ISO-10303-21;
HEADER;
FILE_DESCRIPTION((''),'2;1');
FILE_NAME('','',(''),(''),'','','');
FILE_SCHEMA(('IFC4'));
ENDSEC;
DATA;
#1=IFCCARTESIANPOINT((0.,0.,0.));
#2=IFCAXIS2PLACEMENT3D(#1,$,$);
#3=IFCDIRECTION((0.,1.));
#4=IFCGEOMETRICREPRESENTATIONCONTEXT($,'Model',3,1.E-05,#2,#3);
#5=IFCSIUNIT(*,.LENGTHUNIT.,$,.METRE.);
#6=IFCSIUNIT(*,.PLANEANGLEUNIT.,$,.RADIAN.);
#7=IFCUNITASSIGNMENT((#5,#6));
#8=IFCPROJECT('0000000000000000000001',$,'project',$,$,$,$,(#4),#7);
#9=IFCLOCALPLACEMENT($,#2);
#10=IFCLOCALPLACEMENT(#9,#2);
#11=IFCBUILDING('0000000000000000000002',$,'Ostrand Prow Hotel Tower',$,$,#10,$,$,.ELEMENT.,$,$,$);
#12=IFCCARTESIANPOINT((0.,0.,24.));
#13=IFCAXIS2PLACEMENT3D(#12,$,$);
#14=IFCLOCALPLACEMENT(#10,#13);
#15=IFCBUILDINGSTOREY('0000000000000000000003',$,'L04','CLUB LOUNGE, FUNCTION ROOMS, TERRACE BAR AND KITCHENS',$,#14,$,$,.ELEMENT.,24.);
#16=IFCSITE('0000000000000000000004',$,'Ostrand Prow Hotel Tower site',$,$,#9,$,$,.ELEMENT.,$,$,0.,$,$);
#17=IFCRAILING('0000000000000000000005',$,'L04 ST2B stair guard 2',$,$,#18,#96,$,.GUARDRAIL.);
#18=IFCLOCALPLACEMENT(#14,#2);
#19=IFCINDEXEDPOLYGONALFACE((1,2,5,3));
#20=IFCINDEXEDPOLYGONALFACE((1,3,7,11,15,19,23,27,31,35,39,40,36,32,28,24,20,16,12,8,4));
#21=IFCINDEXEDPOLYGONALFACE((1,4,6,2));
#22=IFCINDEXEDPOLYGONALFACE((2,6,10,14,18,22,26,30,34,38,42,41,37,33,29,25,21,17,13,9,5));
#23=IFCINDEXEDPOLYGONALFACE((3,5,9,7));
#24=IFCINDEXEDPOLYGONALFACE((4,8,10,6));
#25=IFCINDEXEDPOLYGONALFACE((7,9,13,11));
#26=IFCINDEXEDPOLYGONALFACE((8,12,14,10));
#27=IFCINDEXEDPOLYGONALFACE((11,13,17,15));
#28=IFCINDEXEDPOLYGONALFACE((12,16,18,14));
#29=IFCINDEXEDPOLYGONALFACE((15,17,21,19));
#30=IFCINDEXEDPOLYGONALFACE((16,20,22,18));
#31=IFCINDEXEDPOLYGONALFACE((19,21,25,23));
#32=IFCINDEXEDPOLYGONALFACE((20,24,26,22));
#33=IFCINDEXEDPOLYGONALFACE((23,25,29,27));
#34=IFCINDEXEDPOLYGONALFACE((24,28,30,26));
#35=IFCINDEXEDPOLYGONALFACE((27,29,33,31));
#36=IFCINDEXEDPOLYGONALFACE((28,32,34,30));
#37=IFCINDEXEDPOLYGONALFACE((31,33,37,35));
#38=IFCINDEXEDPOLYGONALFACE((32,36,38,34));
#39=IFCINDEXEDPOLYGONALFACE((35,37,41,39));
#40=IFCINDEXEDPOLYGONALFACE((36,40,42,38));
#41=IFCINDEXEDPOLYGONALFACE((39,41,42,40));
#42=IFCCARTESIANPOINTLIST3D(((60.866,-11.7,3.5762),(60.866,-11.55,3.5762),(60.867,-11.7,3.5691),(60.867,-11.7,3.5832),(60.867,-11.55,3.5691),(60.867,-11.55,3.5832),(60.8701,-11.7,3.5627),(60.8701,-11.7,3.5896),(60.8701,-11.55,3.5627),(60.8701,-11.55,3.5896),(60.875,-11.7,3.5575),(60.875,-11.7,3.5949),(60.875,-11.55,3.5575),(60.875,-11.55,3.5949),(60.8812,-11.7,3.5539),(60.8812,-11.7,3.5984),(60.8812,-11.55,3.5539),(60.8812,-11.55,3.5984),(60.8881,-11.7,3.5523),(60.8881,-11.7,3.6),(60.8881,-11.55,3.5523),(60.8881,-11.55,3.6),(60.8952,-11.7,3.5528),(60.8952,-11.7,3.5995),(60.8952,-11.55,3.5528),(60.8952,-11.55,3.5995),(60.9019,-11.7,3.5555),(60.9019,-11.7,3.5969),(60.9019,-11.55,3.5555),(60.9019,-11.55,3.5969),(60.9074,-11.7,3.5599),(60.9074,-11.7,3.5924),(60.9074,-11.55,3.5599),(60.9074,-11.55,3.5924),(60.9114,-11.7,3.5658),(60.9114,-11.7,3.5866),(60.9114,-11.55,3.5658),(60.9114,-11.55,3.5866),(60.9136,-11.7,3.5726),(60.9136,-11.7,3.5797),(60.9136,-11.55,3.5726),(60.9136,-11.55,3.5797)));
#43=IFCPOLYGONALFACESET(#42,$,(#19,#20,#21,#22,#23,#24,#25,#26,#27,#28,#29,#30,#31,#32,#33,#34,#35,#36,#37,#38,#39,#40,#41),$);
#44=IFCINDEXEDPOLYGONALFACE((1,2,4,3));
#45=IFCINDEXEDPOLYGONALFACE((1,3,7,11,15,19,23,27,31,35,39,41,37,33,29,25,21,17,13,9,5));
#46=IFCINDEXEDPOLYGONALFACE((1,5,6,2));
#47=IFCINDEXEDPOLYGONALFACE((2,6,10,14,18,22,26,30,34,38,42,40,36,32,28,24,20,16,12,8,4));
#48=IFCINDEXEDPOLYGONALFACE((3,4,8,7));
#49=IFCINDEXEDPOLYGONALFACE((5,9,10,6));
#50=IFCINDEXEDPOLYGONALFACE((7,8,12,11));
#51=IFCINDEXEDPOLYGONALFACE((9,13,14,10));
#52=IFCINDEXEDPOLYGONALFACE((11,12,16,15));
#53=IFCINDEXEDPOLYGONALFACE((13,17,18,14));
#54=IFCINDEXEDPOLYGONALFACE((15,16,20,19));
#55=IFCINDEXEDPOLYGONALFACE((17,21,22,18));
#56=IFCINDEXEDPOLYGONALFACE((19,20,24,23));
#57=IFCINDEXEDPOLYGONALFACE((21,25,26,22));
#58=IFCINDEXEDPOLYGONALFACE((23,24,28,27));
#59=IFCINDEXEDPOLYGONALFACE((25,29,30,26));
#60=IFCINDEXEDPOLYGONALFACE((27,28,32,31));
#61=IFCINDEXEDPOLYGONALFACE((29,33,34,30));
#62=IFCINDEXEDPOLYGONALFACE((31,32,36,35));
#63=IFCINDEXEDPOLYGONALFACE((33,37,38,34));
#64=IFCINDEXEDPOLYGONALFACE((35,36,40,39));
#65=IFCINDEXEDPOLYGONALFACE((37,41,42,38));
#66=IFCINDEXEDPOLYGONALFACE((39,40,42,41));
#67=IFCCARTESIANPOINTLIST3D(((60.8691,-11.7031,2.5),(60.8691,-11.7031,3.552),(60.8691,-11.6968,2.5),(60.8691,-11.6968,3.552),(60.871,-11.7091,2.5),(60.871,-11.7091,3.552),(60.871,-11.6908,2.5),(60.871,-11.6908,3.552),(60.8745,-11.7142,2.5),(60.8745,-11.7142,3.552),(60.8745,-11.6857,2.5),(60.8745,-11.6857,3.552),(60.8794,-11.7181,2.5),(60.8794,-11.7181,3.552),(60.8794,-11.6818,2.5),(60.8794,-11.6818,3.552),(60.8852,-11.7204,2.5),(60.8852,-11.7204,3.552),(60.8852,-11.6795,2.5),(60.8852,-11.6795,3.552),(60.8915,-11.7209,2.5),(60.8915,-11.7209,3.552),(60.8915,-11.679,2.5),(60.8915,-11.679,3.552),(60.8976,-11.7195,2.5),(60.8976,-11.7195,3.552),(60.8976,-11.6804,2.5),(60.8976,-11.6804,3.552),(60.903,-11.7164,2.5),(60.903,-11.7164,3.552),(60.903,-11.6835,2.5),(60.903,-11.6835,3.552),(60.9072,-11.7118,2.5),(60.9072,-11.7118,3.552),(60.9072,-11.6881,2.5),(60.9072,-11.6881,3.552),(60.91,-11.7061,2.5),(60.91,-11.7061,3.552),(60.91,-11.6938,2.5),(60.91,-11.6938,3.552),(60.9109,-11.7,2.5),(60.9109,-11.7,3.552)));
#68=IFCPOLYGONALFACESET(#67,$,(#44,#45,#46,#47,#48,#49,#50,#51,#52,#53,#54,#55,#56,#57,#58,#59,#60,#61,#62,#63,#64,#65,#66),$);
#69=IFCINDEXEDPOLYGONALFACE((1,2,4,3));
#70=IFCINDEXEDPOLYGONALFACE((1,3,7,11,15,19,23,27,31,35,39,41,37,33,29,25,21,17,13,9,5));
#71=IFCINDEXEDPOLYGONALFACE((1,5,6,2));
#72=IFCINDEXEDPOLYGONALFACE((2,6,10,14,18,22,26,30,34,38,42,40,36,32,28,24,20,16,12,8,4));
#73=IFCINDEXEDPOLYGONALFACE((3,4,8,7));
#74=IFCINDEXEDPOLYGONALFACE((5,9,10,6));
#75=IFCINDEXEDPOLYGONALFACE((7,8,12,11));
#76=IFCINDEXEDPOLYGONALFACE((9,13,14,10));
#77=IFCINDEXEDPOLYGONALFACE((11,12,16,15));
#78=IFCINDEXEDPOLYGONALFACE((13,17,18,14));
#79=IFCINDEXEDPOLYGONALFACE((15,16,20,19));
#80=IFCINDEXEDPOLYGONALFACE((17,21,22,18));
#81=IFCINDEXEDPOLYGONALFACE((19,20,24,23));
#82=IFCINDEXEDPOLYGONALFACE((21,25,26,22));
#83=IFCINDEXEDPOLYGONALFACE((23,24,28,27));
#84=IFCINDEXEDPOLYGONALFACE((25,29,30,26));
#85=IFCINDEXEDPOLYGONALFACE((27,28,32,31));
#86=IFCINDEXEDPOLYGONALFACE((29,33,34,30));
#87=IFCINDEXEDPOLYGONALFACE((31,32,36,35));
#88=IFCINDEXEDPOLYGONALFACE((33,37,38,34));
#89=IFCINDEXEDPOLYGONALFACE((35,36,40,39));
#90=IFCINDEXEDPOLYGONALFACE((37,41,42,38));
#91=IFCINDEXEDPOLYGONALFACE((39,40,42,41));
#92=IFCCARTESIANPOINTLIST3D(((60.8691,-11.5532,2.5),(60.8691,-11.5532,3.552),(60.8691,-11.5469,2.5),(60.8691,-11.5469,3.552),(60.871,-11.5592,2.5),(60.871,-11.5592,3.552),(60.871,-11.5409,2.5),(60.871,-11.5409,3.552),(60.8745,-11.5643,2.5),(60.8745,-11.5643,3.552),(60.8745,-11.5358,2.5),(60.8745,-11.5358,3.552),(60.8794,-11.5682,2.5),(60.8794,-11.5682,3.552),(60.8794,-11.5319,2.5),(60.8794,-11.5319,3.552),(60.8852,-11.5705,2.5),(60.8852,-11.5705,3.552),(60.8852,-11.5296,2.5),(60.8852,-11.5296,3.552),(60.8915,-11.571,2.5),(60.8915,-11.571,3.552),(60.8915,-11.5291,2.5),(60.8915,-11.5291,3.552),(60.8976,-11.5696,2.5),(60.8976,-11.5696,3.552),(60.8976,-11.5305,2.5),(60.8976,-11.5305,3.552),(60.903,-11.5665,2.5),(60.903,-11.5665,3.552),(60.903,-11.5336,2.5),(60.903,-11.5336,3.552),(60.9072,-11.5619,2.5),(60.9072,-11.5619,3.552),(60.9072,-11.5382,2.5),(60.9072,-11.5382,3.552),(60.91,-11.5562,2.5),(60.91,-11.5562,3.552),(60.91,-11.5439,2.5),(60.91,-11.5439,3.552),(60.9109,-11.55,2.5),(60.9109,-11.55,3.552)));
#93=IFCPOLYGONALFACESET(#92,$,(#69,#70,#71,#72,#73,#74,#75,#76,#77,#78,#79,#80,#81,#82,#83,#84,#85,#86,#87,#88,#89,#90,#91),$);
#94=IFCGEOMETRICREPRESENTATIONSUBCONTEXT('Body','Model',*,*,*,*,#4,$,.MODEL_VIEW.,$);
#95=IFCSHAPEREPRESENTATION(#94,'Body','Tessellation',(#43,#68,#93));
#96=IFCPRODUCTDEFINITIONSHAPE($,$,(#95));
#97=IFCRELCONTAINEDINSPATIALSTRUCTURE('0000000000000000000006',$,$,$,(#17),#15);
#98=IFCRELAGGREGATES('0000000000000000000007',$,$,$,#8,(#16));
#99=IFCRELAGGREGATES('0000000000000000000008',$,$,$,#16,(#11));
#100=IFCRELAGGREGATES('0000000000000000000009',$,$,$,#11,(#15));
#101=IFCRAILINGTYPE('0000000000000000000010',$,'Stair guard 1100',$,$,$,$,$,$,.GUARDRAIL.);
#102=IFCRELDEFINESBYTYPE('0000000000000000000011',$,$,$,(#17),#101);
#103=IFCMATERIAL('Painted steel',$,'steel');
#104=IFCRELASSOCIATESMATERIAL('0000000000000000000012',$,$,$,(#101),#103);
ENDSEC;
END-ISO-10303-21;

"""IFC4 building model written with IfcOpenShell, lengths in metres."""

from ifc_helpers import new_model, si_unit, direction, frame, origin, origin_2d, place, context, subcontext, project, spatial, circle, extrude, material, type_object, element, save


model = new_model("IFC4")

# Units and contexts
model_context = context("Model", 3, precision=1e-05, world=origin(), true_north=direction((0.0, 1.0)))
body_context = subcontext(model_context, "Body", "Model", "MODEL_VIEW")
ifc_project = project(units=[si_unit("LENGTHUNIT", "METRE"), si_unit("PLANEANGLEUNIT", "RADIAN")], contexts=[model_context])

# Site, building, storey
site_placement = place(None, origin())
site = spatial("IfcSite", under=ifc_project, at=site_placement, Name="Ostrand Prow Hotel Tower site", CompositionType="ELEMENT", RefElevation=0.0)
building_placement = place(site_placement, origin())
building = spatial("IfcBuilding", under=site, at=building_placement, Name="Ostrand Prow Hotel Tower", CompositionType="ELEMENT")
storey_placement = place(building_placement, frame((0.0, 0.0, 24.0)))
storey = spatial("IfcBuildingStorey", under=building, at=storey_placement, Name="L04", Description="CLUB LOUNGE, FUNCTION ROOMS, TERRACE BAR AND KITCHENS", CompositionType="ELEMENT", Elevation=24.0)

# Railing
ifc_material_1 = material(Name="Painted steel", Category="steel")
railing_type_1 = type_object("IfcRailingType", Name="Stair guard 1100", PredefinedType="GUARDRAIL", material=ifc_material_1)
railing_1_placement = place(storey_placement, frame((60.8899, -11.7, 2.5)))
element("IfcRailing", 1, at=railing_1_placement, inside=storey, type_object=railing_type_1, Name="L04 ST2B stair guard 2", PredefinedType="GUARDRAIL", context=body_context, shape_type="SweptSolid", body=[
    extrude(circle(Radius=0.0239, at=origin_2d()), frame((0.0, 0.0, 1.0762), z_axis=(0.0, 1.0, 0.0), x_axis=(-1.0, 0.0, 0.0)), (0.0, 0.0, 1.0), 0.1499),
    extrude(circle(Radius=0.021, at=origin_2d()), origin(), (0.0, 0.0, 1.0), 1.052),
    extrude(circle(Radius=0.021, at=origin_2d()), frame((0.0, 0.1499, 0.0)), (0.0, 0.0, 1.0), 1.052),
])

save(model, "model.ifc")
